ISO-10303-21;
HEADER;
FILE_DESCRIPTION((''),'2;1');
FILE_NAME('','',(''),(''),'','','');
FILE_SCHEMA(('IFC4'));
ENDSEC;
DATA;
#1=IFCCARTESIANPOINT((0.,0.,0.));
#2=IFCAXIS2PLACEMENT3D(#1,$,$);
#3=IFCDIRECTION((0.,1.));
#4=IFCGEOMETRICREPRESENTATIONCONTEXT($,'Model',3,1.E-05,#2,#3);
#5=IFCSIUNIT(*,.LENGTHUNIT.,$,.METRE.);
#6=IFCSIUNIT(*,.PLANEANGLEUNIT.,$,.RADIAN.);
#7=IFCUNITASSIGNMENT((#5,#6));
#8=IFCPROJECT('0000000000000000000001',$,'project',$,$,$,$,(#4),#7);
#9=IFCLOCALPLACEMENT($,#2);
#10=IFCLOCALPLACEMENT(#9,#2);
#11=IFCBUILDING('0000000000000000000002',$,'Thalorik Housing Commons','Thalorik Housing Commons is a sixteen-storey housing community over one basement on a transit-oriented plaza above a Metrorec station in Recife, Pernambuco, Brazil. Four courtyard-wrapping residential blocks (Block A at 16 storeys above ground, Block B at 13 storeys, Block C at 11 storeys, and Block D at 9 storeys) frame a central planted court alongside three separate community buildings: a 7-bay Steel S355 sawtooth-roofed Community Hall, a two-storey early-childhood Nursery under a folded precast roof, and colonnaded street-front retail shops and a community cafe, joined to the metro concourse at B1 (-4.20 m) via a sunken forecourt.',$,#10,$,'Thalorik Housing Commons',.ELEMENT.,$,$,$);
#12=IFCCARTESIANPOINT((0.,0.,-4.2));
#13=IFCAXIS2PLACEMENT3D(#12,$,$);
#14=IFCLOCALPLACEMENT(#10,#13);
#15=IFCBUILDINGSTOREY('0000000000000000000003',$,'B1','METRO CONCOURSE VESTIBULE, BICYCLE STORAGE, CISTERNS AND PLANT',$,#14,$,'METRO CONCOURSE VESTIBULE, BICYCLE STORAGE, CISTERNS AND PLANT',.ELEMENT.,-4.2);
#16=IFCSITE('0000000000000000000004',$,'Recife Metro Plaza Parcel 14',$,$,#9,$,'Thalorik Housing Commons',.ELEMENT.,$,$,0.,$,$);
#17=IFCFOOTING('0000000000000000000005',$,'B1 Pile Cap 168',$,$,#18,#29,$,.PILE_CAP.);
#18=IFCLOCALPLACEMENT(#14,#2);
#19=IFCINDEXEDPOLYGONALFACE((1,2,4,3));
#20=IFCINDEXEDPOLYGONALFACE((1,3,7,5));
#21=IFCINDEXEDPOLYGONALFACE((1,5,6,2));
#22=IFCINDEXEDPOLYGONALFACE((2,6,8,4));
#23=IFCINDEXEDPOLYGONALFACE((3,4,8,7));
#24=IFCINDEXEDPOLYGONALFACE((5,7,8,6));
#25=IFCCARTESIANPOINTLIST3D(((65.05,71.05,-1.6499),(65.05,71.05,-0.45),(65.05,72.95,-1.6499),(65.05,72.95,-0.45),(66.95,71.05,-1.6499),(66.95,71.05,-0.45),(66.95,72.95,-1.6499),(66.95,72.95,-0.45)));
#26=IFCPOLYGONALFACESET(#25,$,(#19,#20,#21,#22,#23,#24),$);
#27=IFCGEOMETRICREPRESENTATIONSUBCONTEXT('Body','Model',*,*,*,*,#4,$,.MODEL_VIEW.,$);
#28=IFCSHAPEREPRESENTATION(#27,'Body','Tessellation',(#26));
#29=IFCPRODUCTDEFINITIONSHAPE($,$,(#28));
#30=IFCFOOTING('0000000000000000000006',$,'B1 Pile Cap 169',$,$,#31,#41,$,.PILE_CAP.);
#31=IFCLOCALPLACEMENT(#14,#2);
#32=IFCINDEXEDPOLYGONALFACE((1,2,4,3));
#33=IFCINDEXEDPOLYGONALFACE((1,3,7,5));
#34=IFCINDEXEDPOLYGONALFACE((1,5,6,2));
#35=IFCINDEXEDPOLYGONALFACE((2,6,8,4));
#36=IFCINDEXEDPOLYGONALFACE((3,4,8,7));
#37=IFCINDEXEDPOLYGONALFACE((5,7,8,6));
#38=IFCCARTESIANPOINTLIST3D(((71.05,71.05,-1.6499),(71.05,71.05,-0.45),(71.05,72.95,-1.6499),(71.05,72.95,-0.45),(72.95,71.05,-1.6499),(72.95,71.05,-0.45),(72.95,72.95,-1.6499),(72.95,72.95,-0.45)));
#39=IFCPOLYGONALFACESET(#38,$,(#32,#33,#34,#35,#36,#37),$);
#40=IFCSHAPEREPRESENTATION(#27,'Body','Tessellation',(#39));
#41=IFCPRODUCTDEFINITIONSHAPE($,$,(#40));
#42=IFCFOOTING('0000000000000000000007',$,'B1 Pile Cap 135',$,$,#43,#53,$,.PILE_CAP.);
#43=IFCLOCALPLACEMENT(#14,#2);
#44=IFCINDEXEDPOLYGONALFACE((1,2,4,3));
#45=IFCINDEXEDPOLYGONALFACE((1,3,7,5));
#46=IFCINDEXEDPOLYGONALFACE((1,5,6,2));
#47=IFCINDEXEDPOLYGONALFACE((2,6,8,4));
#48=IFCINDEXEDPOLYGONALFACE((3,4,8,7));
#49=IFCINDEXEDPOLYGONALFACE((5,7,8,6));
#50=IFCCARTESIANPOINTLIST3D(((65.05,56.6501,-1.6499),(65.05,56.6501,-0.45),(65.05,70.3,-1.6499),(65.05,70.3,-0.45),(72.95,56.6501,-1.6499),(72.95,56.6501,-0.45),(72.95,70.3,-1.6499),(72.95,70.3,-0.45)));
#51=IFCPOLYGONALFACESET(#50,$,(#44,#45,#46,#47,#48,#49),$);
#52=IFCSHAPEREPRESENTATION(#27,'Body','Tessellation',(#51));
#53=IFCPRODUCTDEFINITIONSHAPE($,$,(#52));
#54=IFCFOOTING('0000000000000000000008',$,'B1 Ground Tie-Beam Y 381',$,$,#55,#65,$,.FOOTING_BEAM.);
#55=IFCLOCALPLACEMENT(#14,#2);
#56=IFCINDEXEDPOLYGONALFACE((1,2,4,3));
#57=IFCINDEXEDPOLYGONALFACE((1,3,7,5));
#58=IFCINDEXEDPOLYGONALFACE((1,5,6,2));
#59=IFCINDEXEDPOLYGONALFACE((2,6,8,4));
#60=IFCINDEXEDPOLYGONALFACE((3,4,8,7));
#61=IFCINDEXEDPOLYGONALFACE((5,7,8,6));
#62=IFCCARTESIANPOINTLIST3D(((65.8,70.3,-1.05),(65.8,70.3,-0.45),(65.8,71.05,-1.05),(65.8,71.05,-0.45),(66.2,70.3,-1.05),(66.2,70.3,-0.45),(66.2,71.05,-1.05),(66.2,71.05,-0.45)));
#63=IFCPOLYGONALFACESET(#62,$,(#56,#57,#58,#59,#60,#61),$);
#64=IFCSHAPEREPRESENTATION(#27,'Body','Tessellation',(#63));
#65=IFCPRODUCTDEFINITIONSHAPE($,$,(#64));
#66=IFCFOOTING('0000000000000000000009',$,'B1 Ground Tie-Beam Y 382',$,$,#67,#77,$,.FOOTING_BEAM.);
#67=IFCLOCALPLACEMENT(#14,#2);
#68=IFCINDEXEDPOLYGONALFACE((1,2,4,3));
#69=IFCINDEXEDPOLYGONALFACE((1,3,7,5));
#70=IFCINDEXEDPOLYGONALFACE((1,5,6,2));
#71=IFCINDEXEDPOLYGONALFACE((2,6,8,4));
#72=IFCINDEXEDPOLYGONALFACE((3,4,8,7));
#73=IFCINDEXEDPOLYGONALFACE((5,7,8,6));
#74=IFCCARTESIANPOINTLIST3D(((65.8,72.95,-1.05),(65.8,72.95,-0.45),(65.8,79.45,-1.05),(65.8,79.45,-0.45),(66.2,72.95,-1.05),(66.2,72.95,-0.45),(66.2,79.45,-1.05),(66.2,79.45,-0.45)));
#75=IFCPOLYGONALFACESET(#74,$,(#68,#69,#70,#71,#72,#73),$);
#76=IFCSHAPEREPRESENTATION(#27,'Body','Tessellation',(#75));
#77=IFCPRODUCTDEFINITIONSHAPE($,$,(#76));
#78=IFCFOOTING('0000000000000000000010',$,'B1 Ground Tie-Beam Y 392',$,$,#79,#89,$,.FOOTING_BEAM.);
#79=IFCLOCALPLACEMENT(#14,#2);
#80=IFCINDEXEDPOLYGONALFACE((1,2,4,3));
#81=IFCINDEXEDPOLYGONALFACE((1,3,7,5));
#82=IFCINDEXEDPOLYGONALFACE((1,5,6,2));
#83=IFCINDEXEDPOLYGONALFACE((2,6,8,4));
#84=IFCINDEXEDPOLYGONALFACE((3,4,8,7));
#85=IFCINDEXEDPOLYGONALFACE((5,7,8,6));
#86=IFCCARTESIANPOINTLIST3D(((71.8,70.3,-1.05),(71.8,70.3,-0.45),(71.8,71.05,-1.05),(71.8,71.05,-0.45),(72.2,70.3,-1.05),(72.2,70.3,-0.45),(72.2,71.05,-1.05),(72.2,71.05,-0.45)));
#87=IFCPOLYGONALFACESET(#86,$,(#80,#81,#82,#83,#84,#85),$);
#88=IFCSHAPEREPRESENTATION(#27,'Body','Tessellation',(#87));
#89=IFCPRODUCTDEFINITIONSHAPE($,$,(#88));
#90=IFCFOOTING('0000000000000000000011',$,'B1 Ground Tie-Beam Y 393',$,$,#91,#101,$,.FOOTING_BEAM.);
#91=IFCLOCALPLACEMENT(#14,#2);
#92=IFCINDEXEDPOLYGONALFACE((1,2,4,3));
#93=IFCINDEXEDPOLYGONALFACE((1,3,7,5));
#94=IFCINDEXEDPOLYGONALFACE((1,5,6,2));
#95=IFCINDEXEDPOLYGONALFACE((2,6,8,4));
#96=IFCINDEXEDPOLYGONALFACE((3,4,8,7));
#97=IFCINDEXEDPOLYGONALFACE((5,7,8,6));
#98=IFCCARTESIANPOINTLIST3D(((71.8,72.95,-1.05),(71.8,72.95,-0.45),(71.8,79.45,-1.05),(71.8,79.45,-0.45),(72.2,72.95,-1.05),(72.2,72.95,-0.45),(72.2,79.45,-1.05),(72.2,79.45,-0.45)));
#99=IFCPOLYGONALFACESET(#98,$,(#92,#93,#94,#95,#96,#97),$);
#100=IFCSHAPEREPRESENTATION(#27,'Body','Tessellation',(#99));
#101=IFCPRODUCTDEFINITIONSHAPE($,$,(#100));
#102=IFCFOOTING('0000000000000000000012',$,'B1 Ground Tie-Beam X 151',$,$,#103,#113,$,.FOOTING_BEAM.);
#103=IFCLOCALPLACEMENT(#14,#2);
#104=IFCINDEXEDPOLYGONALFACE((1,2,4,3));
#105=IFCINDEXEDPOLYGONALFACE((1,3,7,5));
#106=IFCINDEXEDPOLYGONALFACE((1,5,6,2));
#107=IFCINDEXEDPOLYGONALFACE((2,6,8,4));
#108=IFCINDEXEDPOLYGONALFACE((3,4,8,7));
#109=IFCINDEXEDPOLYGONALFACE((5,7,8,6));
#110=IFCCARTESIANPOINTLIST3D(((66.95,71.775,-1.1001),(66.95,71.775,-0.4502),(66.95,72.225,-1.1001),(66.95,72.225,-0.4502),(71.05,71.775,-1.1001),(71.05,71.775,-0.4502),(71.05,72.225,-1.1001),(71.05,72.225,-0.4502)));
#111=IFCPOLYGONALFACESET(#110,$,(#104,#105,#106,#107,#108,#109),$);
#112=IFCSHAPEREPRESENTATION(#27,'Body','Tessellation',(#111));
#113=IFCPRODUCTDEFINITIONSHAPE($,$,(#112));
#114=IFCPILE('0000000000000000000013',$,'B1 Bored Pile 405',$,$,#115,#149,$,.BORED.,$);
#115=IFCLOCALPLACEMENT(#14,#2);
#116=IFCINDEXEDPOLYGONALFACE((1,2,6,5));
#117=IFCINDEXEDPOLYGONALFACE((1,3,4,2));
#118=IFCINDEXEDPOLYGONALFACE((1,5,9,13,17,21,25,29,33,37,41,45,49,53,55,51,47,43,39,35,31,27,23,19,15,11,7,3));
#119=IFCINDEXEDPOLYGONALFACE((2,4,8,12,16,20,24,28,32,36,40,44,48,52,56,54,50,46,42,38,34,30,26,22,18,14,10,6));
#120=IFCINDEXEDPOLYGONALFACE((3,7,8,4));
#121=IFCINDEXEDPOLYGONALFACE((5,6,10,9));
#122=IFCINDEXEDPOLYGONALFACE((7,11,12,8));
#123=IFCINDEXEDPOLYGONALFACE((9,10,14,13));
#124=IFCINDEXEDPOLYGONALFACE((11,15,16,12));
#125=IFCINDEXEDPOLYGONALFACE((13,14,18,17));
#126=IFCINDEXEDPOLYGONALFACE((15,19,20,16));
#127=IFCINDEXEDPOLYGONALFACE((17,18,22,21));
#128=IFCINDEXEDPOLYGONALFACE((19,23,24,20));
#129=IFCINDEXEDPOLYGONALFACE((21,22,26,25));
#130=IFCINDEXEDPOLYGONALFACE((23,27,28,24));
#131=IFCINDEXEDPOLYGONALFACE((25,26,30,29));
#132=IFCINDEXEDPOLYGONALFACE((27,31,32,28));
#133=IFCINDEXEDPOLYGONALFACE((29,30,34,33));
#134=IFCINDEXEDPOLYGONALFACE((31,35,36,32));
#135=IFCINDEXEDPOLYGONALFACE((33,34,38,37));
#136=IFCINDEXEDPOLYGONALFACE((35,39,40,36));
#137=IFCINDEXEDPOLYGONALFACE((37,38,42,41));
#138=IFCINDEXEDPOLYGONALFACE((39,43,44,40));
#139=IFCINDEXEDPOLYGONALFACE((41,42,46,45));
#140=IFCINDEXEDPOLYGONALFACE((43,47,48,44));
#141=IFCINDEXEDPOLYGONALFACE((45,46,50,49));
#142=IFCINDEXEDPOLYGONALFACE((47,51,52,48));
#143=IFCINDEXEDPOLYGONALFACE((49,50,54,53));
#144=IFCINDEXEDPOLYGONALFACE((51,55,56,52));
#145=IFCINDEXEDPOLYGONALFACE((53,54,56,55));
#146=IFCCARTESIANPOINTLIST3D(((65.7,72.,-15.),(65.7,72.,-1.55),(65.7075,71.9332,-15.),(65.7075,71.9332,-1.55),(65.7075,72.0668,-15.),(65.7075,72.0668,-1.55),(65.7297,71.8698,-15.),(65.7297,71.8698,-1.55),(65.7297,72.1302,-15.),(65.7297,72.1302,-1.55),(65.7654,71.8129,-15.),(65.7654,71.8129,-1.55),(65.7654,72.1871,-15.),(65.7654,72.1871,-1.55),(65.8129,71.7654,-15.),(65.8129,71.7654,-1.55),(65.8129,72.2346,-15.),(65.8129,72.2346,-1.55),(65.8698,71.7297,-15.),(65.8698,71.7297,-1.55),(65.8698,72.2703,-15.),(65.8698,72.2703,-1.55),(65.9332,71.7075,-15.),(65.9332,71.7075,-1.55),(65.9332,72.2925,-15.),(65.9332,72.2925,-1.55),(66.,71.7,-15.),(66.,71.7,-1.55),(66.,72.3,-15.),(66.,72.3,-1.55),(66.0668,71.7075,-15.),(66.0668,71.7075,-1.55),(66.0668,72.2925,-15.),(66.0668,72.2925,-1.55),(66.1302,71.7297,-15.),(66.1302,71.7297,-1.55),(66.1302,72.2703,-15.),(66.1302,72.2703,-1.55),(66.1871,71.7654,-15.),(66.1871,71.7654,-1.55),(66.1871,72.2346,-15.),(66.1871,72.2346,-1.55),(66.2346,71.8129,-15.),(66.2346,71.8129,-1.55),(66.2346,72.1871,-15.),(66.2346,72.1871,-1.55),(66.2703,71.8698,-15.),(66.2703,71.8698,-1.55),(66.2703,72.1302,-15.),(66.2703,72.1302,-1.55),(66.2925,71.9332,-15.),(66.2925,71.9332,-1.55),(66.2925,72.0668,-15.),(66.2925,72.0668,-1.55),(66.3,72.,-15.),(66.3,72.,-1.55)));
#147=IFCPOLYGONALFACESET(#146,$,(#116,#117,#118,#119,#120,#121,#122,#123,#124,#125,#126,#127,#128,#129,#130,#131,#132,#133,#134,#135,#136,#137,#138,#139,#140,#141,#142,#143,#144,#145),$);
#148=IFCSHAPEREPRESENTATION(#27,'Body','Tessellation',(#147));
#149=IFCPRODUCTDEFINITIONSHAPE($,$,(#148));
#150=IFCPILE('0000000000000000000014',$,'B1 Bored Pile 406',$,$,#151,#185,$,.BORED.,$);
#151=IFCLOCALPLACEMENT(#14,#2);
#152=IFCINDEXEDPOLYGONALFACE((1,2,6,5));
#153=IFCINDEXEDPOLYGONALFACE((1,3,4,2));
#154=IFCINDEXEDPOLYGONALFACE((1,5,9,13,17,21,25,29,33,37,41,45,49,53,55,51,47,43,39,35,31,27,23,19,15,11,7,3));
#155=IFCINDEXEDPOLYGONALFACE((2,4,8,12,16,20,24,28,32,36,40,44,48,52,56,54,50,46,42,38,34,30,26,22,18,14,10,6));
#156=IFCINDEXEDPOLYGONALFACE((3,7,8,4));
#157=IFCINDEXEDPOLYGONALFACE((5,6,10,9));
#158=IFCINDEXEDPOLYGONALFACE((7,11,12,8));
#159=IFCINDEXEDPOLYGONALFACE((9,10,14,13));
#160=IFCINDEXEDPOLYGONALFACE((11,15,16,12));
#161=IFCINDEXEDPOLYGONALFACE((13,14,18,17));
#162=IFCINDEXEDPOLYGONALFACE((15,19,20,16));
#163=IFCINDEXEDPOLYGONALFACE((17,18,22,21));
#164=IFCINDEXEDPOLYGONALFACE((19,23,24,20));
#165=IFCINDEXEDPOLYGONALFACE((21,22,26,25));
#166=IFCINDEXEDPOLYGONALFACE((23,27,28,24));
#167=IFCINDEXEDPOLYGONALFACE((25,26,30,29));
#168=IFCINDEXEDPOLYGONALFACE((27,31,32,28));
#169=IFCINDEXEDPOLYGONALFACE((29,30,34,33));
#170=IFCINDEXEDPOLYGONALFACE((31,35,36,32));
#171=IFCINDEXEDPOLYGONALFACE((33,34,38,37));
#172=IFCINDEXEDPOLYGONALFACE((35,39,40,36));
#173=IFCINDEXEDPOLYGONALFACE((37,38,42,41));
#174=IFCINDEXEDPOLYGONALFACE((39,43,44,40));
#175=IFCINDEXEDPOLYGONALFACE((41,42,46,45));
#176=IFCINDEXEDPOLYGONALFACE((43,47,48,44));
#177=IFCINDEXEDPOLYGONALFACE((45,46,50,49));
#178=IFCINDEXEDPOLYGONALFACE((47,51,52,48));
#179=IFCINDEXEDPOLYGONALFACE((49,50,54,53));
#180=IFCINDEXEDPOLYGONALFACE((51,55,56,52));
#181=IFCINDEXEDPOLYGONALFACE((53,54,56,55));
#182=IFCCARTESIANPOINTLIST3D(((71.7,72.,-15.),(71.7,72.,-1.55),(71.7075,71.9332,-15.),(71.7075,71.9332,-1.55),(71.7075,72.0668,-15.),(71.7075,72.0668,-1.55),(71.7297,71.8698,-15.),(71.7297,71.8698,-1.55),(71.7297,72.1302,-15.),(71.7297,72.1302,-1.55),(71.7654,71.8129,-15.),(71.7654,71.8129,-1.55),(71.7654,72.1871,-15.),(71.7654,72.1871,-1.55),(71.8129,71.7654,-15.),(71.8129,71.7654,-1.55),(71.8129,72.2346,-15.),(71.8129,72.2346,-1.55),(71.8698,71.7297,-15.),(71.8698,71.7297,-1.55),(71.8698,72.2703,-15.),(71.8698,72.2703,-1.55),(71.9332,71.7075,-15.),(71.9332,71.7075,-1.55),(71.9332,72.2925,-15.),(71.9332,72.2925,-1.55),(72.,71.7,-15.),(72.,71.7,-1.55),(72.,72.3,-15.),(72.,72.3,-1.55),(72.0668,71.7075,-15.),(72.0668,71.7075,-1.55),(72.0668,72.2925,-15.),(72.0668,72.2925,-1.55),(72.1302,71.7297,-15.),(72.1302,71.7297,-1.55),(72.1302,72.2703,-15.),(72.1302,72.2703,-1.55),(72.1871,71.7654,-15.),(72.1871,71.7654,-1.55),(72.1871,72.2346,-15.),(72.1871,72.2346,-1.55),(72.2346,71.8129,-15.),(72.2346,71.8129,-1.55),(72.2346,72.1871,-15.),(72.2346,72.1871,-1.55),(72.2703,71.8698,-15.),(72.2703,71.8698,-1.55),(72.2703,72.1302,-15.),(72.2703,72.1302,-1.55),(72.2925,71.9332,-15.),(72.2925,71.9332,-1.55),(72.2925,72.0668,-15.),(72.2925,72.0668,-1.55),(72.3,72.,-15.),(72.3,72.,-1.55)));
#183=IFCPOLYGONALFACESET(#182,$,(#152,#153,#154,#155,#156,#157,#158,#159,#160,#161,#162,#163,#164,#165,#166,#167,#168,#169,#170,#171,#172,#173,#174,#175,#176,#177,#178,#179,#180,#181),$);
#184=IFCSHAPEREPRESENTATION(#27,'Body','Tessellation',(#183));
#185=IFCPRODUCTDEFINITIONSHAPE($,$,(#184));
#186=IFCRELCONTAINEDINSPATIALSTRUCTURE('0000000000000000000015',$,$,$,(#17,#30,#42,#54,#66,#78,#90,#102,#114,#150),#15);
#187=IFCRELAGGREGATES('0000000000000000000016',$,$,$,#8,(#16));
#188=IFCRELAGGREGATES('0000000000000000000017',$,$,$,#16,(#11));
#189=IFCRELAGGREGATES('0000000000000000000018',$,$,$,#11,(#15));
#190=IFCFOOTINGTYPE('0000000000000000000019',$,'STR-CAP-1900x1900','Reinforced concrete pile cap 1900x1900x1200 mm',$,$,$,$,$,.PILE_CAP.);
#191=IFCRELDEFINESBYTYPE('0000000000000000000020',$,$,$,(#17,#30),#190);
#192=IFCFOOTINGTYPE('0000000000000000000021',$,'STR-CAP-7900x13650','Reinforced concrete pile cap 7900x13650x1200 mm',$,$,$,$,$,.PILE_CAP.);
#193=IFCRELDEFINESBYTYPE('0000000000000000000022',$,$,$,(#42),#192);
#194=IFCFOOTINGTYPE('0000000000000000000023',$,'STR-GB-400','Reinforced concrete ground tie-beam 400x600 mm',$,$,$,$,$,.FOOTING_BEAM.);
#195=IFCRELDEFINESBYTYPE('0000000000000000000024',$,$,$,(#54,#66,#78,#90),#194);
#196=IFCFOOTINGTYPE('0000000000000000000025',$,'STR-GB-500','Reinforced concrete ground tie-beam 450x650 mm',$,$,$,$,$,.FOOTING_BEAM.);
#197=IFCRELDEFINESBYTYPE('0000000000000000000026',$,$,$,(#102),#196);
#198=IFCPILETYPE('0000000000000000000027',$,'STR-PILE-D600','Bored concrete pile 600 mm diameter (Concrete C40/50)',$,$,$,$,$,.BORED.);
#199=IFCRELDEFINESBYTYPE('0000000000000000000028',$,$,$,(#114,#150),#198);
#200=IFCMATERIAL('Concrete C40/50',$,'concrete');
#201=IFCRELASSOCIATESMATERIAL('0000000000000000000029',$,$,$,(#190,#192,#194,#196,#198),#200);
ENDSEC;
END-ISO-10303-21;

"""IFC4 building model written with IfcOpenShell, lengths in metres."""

from ifc_helpers import new_model, si_unit, direction, frame, origin, origin_2d, place, context, subcontext, project, spatial, rectangle, circle, extrude, material, material_profile, profile_set, type_object, element, save


model = new_model("IFC4")

# Units and contexts
model_context = context("Model", 3, precision=1e-05, world=origin(), true_north=direction((0.0, 1.0)))
body_context = subcontext(model_context, "Body", "Model", "MODEL_VIEW")
ifc_project = project(units=[si_unit("LENGTHUNIT", "METRE"), si_unit("PLANEANGLEUNIT", "RADIAN")], contexts=[model_context])

# Site, building, storey
site_placement = place(None, origin())
site = spatial("IfcSite", under=ifc_project, at=site_placement, Name="Recife Metro Plaza Parcel 14", LongName="Thalorik Housing Commons", CompositionType="ELEMENT", RefElevation=0.0)
building_placement = place(site_placement, origin())
building = spatial("IfcBuilding", under=site, at=building_placement, Name="Thalorik Housing Commons", Description="Thalorik Housing Commons is a sixteen-storey housing community over one basement on a transit-oriented plaza above a Metrorec station in Recife, Pernambuco, Brazil. Four courtyard-wrapping residential blocks (Block A at 16 storeys above ground, Block B at 13 storeys, Block C at 11 storeys, and Block D at 9 storeys) frame a central planted court alongside three separate community buildings: a 7-bay Steel S355 sawtooth-roofed Community Hall, a two-storey early-childhood Nursery under a folded precast roof, and colonnaded street-front retail shops and a community cafe, joined to the metro concourse at B1 (-4.20 m) via a sunken forecourt.", LongName="Thalorik Housing Commons", CompositionType="ELEMENT")
storey_placement = place(building_placement, frame((0.0, 0.0, -4.2)))
storey = spatial("IfcBuildingStorey", under=building, at=storey_placement, Name="B1", Description="METRO CONCOURSE VESTIBULE, BICYCLE STORAGE, CISTERNS AND PLANT", LongName="METRO CONCOURSE VESTIBULE, BICYCLE STORAGE, CISTERNS AND PLANT", CompositionType="ELEMENT", Elevation=-4.2)

# Footings
ifc_material_1 = material(Name="Concrete C40/50", Category="concrete")
footing_type_1 = type_object("IfcFootingType", Name="STR-CAP-1900x1900", Description="Reinforced concrete pile cap 1900x1900x1200 mm", PredefinedType="PILE_CAP", material=ifc_material_1)
for number, where, z_axis, x_axis, name in (
    (1, (66.0, 72.0, -1.6499), (0.0, 0.0, 1.0), (1.0, 0.0, 0.0), "B1 Pile Cap 168"),
    (2, (72.0, 72.0, -1.6499), (0.0, 0.0, 1.0), (1.0, 0.0, 0.0), "B1 Pile Cap 169"),
):
    element("IfcFooting", number, at=place(storey_placement, frame(where, z_axis=z_axis, x_axis=x_axis)), inside=storey, type_object=footing_type_1, Name=name, PredefinedType="PILE_CAP", context=body_context, shape_type="SweptSolid", body=[
        extrude(rectangle(XDim=1.8999, YDim=1.8999, at=origin_2d()), origin(), (0.0, 0.0, 1.0), 1.2),
    ])
footing_type_2 = type_object("IfcFootingType", Name="STR-CAP-7900x13650", Description="Reinforced concrete pile cap 7900x13650x1200 mm", PredefinedType="PILE_CAP", material=ifc_material_1)
footing_1_placement = place(storey_placement, frame((69.0, 63.4751, -1.6499), z_axis=(0.0, 0.0, 1.0), x_axis=(1.0, 0.0, 0.0)))
element("IfcFooting", 3, at=footing_1_placement, inside=storey, type_object=footing_type_2, Name="B1 Pile Cap 135", PredefinedType="PILE_CAP", context=body_context, shape_type="SweptSolid", body=[
    extrude(rectangle(XDim=7.8999, YDim=13.6499, at=origin_2d()), origin(), (0.0, 0.0, 1.0), 1.2),
])
ifc_material_profile_1 = material_profile(ifc_material_1, rectangle(XDim=0.3999, YDim=0.6001, at=origin_2d()), Name="RC 400x600", Category="concrete")
ifc_profile_set_1 = profile_set([ifc_material_profile_1], Name="Concrete C40/50")
footing_type_3 = type_object("IfcFootingType", Name="STR-GB-400", Description="Reinforced concrete ground tie-beam 400x600 mm", PredefinedType="FOOTING_BEAM", material=ifc_profile_set_1)
footing_2_placement = place(storey_placement, frame((66.0, 70.3, -0.75), z_axis=(0.0, 1.0, 0.0), x_axis=(-1.0, 0.0, 0.0)))
element("IfcFooting", 4, at=footing_2_placement, inside=storey, type_object=footing_type_3, Name="B1 Ground Tie-Beam Y 381", PredefinedType="FOOTING_BEAM", context=body_context, shape_type="SweptSolid", body=[
    extrude(rectangle(XDim=0.3999, YDim=0.6001, at=origin_2d()), origin(), (0.0, 0.0, 1.0), 0.75),
])
footing_3_placement = place(storey_placement, frame((66.0, 72.95, -0.75), z_axis=(0.0, 1.0, 0.0), x_axis=(-1.0, 0.0, 0.0)))
element("IfcFooting", 5, at=footing_3_placement, inside=storey, type_object=footing_type_3, Name="B1 Ground Tie-Beam Y 382", PredefinedType="FOOTING_BEAM", context=body_context, shape_type="SweptSolid", body=[
    extrude(rectangle(XDim=0.3999, YDim=0.6001, at=origin_2d()), origin(), (0.0, 0.0, 1.0), 6.5),
])
footing_4_placement = place(storey_placement, frame((72.0, 70.3, -0.75), z_axis=(0.0, 1.0, 0.0), x_axis=(-1.0, 0.0, 0.0)))
element("IfcFooting", 6, at=footing_4_placement, inside=storey, type_object=footing_type_3, Name="B1 Ground Tie-Beam Y 392", PredefinedType="FOOTING_BEAM", context=body_context, shape_type="SweptSolid", body=[
    extrude(rectangle(XDim=0.3999, YDim=0.6001, at=origin_2d()), origin(), (0.0, 0.0, 1.0), 0.75),
])
footing_5_placement = place(storey_placement, frame((72.0, 72.95, -0.75), z_axis=(0.0, 1.0, 0.0), x_axis=(-1.0, 0.0, 0.0)))
element("IfcFooting", 7, at=footing_5_placement, inside=storey, type_object=footing_type_3, Name="B1 Ground Tie-Beam Y 393", PredefinedType="FOOTING_BEAM", context=body_context, shape_type="SweptSolid", body=[
    extrude(rectangle(XDim=0.3999, YDim=0.6001, at=origin_2d()), origin(), (0.0, 0.0, 1.0), 6.5),
])
ifc_material_profile_2 = material_profile(ifc_material_1, rectangle(XDim=0.45, YDim=0.6499, at=origin_2d()), Name="RC 450x650", Category="concrete")
ifc_profile_set_2 = profile_set([ifc_material_profile_2], Name="Concrete C40/50")
footing_type_4 = type_object("IfcFootingType", Name="STR-GB-500", Description="Reinforced concrete ground tie-beam 450x650 mm", PredefinedType="FOOTING_BEAM", material=ifc_profile_set_2)
footing_6_placement = place(storey_placement, frame((66.95, 72.0, -0.7751), z_axis=(1.0, 0.0, 0.0), x_axis=(0.0, 1.0, 0.0)))
element("IfcFooting", 8, at=footing_6_placement, inside=storey, type_object=footing_type_4, Name="B1 Ground Tie-Beam X 151", PredefinedType="FOOTING_BEAM", context=body_context, shape_type="SweptSolid", body=[
    extrude(rectangle(XDim=0.45, YDim=0.6499, at=origin_2d()), origin(), (0.0, 0.0, 1.0), 4.1001),
])

# Piles
ifc_material_profile_3 = material_profile(ifc_material_1, circle(Radius=0.3, at=origin_2d()), Name="BORED PILE D600", Category="concrete")
ifc_profile_set_3 = profile_set([ifc_material_profile_3], Name="Concrete C40/50")
pile_type_1 = type_object("IfcPileType", Name="STR-PILE-D600", Description="Bored concrete pile 600 mm diameter (Concrete C40/50)", PredefinedType="BORED", material=ifc_profile_set_3)
for number, where, z_axis, x_axis, name in (
    (9, (66.0, 72.0, -1.55), (0.0, 0.0, -1.0), (1.0, 0.0, 0.0), "B1 Bored Pile 405"),
    (10, (72.0, 72.0, -1.55), (0.0, 0.0, -1.0), (1.0, 0.0, 0.0), "B1 Bored Pile 406"),
):
    element("IfcPile", number, at=place(storey_placement, frame(where, z_axis=z_axis, x_axis=x_axis)), inside=storey, type_object=pile_type_1, Name=name, PredefinedType="BORED", context=body_context, shape_type="SweptSolid", body=[
        extrude(circle(Radius=0.3, at=origin_2d()), origin(), (0.0, 0.0, 1.0), 13.45),
    ])

save(model, "model.ifc")
